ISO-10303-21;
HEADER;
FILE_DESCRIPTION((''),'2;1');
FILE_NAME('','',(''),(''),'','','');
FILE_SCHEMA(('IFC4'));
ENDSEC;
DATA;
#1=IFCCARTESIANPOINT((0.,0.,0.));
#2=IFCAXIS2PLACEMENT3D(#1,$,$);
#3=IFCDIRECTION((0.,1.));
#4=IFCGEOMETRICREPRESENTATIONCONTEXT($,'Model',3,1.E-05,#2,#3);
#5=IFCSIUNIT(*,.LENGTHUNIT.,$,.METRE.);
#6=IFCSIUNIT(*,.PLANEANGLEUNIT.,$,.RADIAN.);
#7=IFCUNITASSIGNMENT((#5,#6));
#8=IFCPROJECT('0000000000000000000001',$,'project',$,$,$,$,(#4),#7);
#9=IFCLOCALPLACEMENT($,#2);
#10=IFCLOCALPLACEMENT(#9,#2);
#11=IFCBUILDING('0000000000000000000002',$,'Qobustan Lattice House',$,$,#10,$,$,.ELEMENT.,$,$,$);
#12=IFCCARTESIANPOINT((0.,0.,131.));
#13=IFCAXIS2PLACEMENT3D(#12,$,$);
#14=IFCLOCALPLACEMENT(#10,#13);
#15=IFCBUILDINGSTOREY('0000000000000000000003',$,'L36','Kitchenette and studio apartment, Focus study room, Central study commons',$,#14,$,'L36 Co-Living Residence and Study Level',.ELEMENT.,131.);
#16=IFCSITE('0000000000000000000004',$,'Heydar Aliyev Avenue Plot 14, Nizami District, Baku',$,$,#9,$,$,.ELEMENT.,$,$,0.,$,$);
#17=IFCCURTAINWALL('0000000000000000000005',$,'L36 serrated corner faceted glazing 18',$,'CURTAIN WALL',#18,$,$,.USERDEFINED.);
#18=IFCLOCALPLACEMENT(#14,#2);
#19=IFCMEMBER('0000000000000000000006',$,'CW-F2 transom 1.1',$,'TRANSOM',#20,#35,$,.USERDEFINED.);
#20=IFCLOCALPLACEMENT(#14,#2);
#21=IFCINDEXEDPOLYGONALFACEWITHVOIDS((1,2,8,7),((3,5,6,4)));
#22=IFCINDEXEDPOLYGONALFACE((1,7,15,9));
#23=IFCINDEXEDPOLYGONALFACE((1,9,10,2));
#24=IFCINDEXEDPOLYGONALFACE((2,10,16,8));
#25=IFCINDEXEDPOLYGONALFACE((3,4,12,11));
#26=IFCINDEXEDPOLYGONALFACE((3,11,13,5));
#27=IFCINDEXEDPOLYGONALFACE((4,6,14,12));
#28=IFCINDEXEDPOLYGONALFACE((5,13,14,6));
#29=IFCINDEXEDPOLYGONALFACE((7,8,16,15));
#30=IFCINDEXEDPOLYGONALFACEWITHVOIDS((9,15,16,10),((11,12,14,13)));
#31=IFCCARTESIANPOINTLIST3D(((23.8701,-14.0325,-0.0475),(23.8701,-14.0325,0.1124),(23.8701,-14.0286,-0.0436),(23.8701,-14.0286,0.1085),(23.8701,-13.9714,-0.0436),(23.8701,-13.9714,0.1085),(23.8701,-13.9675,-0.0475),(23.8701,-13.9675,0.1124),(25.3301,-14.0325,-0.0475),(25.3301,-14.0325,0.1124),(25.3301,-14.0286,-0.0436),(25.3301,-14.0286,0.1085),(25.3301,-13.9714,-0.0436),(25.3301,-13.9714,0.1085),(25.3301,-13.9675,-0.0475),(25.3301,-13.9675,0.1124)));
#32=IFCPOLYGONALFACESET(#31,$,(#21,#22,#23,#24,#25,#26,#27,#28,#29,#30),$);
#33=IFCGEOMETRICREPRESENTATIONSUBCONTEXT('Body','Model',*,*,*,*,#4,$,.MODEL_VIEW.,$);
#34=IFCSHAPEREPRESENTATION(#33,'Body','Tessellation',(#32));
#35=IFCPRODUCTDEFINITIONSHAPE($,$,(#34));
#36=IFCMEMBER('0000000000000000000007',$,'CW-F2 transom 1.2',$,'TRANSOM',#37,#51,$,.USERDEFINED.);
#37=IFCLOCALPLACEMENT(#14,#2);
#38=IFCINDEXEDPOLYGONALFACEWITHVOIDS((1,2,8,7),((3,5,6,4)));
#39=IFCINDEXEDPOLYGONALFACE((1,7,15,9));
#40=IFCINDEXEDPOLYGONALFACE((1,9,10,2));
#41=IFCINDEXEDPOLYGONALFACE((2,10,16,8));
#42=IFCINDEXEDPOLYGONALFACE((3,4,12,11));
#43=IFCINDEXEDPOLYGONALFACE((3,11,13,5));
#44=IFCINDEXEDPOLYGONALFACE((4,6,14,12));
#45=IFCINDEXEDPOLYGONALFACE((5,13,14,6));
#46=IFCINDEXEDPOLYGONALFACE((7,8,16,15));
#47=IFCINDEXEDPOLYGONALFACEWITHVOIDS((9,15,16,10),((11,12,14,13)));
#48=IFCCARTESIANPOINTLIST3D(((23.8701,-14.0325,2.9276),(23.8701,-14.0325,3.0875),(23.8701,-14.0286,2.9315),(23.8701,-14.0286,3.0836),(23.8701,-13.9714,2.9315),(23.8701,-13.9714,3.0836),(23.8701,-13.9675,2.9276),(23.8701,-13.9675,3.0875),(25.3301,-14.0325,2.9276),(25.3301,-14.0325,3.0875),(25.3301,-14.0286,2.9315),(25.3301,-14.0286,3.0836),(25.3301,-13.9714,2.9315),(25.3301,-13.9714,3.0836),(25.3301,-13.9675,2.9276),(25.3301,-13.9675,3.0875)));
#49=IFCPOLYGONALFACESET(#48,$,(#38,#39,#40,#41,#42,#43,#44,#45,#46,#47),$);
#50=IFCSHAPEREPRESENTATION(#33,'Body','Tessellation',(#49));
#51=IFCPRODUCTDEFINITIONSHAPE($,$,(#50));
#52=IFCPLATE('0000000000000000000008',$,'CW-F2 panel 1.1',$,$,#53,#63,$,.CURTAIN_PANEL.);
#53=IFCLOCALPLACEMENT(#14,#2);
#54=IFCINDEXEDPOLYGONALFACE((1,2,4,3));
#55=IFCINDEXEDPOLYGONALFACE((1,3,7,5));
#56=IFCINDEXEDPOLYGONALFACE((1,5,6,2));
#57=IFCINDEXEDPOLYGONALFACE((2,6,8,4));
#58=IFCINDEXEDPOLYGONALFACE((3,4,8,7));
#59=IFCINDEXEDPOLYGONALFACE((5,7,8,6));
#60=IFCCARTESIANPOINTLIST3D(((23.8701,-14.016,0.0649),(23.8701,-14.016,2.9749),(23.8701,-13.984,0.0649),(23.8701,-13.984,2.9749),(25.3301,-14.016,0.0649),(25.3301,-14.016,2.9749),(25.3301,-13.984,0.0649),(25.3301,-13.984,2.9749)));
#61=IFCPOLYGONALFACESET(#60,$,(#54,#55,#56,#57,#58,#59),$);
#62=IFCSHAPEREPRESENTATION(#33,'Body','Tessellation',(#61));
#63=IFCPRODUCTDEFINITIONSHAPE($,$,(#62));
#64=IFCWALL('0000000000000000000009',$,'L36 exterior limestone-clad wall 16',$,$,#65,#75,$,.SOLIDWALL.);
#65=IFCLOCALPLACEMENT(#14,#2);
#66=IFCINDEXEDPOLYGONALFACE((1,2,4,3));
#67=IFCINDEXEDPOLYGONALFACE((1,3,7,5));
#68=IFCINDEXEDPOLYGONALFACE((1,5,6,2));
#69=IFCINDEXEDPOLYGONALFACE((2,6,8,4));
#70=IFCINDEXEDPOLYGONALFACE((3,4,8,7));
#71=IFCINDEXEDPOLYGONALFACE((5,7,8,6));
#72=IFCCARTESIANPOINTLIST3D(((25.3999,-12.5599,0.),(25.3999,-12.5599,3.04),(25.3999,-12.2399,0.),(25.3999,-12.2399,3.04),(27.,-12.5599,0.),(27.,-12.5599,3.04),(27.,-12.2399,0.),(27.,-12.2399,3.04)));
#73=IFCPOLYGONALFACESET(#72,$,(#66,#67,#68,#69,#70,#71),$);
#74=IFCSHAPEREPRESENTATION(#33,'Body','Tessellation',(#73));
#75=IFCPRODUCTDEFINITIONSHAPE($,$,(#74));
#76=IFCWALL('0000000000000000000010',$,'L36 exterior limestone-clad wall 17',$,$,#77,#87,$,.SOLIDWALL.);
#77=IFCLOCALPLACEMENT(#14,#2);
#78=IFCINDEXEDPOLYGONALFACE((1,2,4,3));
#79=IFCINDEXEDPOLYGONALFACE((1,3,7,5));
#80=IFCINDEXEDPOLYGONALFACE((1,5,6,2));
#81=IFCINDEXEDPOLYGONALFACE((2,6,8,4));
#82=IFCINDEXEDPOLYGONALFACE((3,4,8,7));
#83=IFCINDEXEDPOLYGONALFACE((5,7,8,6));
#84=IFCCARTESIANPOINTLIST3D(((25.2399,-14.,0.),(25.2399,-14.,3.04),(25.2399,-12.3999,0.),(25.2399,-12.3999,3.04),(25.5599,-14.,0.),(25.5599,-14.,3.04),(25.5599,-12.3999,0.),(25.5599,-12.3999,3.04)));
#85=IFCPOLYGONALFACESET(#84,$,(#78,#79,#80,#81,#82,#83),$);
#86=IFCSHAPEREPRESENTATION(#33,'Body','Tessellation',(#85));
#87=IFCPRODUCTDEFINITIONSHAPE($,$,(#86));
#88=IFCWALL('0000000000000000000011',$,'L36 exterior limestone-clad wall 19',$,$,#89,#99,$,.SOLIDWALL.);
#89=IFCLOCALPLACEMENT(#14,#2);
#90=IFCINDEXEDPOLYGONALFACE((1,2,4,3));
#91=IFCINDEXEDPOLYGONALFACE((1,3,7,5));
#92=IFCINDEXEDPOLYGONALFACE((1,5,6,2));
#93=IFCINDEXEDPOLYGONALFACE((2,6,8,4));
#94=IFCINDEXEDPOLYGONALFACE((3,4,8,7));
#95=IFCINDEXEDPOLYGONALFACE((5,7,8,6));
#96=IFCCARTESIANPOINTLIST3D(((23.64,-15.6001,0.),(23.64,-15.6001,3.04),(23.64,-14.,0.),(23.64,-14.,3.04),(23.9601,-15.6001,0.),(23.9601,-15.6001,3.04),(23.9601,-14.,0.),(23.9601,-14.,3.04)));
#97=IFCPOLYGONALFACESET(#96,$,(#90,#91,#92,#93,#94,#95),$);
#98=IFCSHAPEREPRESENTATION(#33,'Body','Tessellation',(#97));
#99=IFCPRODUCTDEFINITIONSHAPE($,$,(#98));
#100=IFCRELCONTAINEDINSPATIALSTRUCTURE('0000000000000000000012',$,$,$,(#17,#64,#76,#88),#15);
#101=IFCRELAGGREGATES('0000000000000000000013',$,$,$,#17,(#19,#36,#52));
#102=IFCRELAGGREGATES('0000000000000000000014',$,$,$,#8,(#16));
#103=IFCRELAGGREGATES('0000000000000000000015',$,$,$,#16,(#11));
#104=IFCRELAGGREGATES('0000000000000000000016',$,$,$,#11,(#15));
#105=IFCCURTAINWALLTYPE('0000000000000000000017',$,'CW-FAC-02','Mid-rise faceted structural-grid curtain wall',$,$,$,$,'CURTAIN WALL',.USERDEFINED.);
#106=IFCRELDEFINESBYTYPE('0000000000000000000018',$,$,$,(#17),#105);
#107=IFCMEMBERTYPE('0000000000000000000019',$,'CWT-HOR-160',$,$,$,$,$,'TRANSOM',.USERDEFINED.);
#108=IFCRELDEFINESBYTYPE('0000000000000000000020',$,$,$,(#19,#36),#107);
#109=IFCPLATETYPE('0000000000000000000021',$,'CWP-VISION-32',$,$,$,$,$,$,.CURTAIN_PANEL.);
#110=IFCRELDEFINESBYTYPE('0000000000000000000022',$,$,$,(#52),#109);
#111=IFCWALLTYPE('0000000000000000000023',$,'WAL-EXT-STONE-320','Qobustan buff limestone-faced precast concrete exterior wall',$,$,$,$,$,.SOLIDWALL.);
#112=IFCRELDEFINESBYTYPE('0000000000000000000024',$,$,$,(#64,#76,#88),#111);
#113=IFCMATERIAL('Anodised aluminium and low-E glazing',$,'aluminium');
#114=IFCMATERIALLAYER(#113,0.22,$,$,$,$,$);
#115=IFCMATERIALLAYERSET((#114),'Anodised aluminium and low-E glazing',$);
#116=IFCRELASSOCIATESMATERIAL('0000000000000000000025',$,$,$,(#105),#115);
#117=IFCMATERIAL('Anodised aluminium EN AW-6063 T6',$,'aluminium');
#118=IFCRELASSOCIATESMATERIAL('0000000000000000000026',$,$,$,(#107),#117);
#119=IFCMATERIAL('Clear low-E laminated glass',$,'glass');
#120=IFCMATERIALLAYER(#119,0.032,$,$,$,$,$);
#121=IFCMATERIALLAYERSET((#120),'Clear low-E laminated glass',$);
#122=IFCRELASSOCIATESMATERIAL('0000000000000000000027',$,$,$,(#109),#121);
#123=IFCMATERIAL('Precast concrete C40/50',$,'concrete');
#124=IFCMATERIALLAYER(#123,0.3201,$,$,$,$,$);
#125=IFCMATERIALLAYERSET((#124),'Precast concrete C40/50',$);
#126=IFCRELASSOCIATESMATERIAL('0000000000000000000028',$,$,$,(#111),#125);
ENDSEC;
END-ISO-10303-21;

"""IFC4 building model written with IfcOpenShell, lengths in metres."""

from ifc_helpers import new_model, si_unit, direction, frame, frame_2d, origin, origin_2d, place, context, subcontext, project, spatial, rectangle, hollow_rectangle, extrude, material, layer, layer_set, material_profile, profile_set, type_object, element, aggregate, save


model = new_model("IFC4")

# Units and contexts
model_context = context("Model", 3, precision=1e-05, world=origin(), true_north=direction((0.0, 1.0)))
body_context = subcontext(model_context, "Body", "Model", "MODEL_VIEW")
ifc_project = project(units=[si_unit("LENGTHUNIT", "METRE"), si_unit("PLANEANGLEUNIT", "RADIAN")], contexts=[model_context])

# Site, building, storey
site_placement = place(None, origin())
site = spatial("IfcSite", under=ifc_project, at=site_placement, Name="Heydar Aliyev Avenue Plot 14, Nizami District, Baku", CompositionType="ELEMENT", RefElevation=0.0)
building_placement = place(site_placement, origin())
building = spatial("IfcBuilding", under=site, at=building_placement, Name="Qobustan Lattice House", CompositionType="ELEMENT")
storey_placement = place(building_placement, frame((0.0, 0.0, 131.0)))
storey = spatial("IfcBuildingStorey", under=building, at=storey_placement, Name="L36", Description="Kitchenette and studio apartment, Focus study room, Central study commons", LongName="L36 Co-Living Residence and Study Level", CompositionType="ELEMENT", Elevation=131.0)

# Curtain wall, members, plate
ifc_material_1 = material(Name="Anodised aluminium and low-E glazing", Category="aluminium")
ifc_layer_1 = layer(ifc_material_1, 0.22)
ifc_layer_set_1 = layer_set([ifc_layer_1], Name="Anodised aluminium and low-E glazing")
curtain_wall_type = type_object("IfcCurtainWallType", Name="CW-FAC-02", Description="Mid-rise faceted structural-grid curtain wall", ElementType="CURTAIN WALL", PredefinedType="USERDEFINED", material=ifc_layer_set_1)
curtain_wall_placement = place(storey_placement, origin())
curtain_wall = element("IfcCurtainWall", 1, at=curtain_wall_placement, inside=storey, type_object=curtain_wall_type, Name="L36 serrated corner faceted glazing 18", ObjectType="CURTAIN WALL", PredefinedType="USERDEFINED")
ifc_material_2 = material(Name="Anodised aluminium EN AW-6063 T6", Category="aluminium")
ifc_material_profile_1 = material_profile(ifc_material_2, hollow_rectangle(XDim=0.0649, YDim=0.1599, WallThickness=0.0039, at=origin_2d()), Name="CWT-160x65")
ifc_profile_set_1 = profile_set([ifc_material_profile_1], Name="Anodised aluminium EN AW-6063 T6")
member_type_1 = type_object("IfcMemberType", Name="CWT-HOR-160", ElementType="TRANSOM", PredefinedType="USERDEFINED", material=ifc_profile_set_1)
member_1_placement = place(storey_placement, frame((25.3301, -14.0, 0.0325), z_axis=(-1.0, 0.0, 0.0), x_axis=(0.0, -1.0, 0.0)))
member_1 = element("IfcMember", 2, at=member_1_placement, type_object=member_type_1, Name="CW-F2 transom 1.1", ObjectType="TRANSOM", PredefinedType="USERDEFINED", context=body_context, shape_type="SweptSolid", body=[
    extrude(hollow_rectangle(XDim=0.0649, YDim=0.1599, WallThickness=0.0039, at=origin_2d()), origin(), (0.0, 0.0, 1.0), 1.46),
])
member_2_placement = place(storey_placement, frame((25.3301, -14.0, 3.0076), z_axis=(-1.0, 0.0, 0.0), x_axis=(0.0, -1.0, 0.0)))
member_2 = element("IfcMember", 3, at=member_2_placement, type_object=member_type_1, Name="CW-F2 transom 1.2", ObjectType="TRANSOM", PredefinedType="USERDEFINED", context=body_context, shape_type="SweptSolid", body=[
    extrude(hollow_rectangle(XDim=0.0649, YDim=0.1599, WallThickness=0.0039, at=origin_2d()), origin(), (0.0, 0.0, 1.0), 1.46),
])
ifc_material_3 = material(Name="Clear low-E laminated glass", Category="glass")
ifc_layer_2 = layer(ifc_material_3, 0.032)
ifc_layer_set_2 = layer_set([ifc_layer_2], Name="Clear low-E laminated glass")
plate_type = type_object("IfcPlateType", Name="CWP-VISION-32", PredefinedType="CURTAIN_PANEL", material=ifc_layer_set_2)
plate_placement = place(storey_placement, frame((24.6001, -14.0, 0.0649), z_axis=(0.0, 0.0, 1.0), x_axis=(-1.0, 0.0, 0.0)))
plate = element("IfcPlate", 4, at=plate_placement, type_object=plate_type, Name="CW-F2 panel 1.1", PredefinedType="CURTAIN_PANEL", context=body_context, shape_type="SweptSolid", body=[
    extrude(rectangle(XDim=1.46, YDim=0.032, at=origin_2d()), origin(), (0.0, 0.0, 1.0), 2.9099),
])
aggregate(curtain_wall, [member_1, member_2, plate])

# Walls
ifc_material_4 = material(Name="Precast concrete C40/50", Category="concrete")
ifc_layer_3 = layer(ifc_material_4, 0.3201)
ifc_layer_set_3 = layer_set([ifc_layer_3], Name="Precast concrete C40/50")
wall_type_1 = type_object("IfcWallType", Name="WAL-EXT-STONE-320", Description="Qobustan buff limestone-faced precast concrete exterior wall", PredefinedType="SOLIDWALL", material=ifc_layer_set_3)
for number, where, z_axis, x_axis, name in (
    (5, (27.0, -12.3999, 0.0), (0.0, 0.0, 1.0), (-1.0, 0.0, 0.0), "L36 exterior limestone-clad wall 16"),
    (6, (25.3999, -12.3999, 0.0), (0.0, 0.0, 1.0), (0.0, -1.0, 0.0), "L36 exterior limestone-clad wall 17"),
    (7, (23.8, -14.0, 0.0), (0.0, 0.0, 1.0), (0.0, -1.0, 0.0), "L36 exterior limestone-clad wall 19"),
):
    element("IfcWall", number, at=place(storey_placement, frame(where, z_axis=z_axis, x_axis=x_axis)), inside=storey, type_object=wall_type_1, Name=name, PredefinedType="SOLIDWALL", context=body_context, shape_type="SweptSolid", body=[
        extrude(rectangle(XDim=1.6001, YDim=0.3201, at=frame_2d((0.8, 0.0))), origin(), (0.0, 0.0, 1.0), 3.04),
    ])

save(model, "model.ifc")
